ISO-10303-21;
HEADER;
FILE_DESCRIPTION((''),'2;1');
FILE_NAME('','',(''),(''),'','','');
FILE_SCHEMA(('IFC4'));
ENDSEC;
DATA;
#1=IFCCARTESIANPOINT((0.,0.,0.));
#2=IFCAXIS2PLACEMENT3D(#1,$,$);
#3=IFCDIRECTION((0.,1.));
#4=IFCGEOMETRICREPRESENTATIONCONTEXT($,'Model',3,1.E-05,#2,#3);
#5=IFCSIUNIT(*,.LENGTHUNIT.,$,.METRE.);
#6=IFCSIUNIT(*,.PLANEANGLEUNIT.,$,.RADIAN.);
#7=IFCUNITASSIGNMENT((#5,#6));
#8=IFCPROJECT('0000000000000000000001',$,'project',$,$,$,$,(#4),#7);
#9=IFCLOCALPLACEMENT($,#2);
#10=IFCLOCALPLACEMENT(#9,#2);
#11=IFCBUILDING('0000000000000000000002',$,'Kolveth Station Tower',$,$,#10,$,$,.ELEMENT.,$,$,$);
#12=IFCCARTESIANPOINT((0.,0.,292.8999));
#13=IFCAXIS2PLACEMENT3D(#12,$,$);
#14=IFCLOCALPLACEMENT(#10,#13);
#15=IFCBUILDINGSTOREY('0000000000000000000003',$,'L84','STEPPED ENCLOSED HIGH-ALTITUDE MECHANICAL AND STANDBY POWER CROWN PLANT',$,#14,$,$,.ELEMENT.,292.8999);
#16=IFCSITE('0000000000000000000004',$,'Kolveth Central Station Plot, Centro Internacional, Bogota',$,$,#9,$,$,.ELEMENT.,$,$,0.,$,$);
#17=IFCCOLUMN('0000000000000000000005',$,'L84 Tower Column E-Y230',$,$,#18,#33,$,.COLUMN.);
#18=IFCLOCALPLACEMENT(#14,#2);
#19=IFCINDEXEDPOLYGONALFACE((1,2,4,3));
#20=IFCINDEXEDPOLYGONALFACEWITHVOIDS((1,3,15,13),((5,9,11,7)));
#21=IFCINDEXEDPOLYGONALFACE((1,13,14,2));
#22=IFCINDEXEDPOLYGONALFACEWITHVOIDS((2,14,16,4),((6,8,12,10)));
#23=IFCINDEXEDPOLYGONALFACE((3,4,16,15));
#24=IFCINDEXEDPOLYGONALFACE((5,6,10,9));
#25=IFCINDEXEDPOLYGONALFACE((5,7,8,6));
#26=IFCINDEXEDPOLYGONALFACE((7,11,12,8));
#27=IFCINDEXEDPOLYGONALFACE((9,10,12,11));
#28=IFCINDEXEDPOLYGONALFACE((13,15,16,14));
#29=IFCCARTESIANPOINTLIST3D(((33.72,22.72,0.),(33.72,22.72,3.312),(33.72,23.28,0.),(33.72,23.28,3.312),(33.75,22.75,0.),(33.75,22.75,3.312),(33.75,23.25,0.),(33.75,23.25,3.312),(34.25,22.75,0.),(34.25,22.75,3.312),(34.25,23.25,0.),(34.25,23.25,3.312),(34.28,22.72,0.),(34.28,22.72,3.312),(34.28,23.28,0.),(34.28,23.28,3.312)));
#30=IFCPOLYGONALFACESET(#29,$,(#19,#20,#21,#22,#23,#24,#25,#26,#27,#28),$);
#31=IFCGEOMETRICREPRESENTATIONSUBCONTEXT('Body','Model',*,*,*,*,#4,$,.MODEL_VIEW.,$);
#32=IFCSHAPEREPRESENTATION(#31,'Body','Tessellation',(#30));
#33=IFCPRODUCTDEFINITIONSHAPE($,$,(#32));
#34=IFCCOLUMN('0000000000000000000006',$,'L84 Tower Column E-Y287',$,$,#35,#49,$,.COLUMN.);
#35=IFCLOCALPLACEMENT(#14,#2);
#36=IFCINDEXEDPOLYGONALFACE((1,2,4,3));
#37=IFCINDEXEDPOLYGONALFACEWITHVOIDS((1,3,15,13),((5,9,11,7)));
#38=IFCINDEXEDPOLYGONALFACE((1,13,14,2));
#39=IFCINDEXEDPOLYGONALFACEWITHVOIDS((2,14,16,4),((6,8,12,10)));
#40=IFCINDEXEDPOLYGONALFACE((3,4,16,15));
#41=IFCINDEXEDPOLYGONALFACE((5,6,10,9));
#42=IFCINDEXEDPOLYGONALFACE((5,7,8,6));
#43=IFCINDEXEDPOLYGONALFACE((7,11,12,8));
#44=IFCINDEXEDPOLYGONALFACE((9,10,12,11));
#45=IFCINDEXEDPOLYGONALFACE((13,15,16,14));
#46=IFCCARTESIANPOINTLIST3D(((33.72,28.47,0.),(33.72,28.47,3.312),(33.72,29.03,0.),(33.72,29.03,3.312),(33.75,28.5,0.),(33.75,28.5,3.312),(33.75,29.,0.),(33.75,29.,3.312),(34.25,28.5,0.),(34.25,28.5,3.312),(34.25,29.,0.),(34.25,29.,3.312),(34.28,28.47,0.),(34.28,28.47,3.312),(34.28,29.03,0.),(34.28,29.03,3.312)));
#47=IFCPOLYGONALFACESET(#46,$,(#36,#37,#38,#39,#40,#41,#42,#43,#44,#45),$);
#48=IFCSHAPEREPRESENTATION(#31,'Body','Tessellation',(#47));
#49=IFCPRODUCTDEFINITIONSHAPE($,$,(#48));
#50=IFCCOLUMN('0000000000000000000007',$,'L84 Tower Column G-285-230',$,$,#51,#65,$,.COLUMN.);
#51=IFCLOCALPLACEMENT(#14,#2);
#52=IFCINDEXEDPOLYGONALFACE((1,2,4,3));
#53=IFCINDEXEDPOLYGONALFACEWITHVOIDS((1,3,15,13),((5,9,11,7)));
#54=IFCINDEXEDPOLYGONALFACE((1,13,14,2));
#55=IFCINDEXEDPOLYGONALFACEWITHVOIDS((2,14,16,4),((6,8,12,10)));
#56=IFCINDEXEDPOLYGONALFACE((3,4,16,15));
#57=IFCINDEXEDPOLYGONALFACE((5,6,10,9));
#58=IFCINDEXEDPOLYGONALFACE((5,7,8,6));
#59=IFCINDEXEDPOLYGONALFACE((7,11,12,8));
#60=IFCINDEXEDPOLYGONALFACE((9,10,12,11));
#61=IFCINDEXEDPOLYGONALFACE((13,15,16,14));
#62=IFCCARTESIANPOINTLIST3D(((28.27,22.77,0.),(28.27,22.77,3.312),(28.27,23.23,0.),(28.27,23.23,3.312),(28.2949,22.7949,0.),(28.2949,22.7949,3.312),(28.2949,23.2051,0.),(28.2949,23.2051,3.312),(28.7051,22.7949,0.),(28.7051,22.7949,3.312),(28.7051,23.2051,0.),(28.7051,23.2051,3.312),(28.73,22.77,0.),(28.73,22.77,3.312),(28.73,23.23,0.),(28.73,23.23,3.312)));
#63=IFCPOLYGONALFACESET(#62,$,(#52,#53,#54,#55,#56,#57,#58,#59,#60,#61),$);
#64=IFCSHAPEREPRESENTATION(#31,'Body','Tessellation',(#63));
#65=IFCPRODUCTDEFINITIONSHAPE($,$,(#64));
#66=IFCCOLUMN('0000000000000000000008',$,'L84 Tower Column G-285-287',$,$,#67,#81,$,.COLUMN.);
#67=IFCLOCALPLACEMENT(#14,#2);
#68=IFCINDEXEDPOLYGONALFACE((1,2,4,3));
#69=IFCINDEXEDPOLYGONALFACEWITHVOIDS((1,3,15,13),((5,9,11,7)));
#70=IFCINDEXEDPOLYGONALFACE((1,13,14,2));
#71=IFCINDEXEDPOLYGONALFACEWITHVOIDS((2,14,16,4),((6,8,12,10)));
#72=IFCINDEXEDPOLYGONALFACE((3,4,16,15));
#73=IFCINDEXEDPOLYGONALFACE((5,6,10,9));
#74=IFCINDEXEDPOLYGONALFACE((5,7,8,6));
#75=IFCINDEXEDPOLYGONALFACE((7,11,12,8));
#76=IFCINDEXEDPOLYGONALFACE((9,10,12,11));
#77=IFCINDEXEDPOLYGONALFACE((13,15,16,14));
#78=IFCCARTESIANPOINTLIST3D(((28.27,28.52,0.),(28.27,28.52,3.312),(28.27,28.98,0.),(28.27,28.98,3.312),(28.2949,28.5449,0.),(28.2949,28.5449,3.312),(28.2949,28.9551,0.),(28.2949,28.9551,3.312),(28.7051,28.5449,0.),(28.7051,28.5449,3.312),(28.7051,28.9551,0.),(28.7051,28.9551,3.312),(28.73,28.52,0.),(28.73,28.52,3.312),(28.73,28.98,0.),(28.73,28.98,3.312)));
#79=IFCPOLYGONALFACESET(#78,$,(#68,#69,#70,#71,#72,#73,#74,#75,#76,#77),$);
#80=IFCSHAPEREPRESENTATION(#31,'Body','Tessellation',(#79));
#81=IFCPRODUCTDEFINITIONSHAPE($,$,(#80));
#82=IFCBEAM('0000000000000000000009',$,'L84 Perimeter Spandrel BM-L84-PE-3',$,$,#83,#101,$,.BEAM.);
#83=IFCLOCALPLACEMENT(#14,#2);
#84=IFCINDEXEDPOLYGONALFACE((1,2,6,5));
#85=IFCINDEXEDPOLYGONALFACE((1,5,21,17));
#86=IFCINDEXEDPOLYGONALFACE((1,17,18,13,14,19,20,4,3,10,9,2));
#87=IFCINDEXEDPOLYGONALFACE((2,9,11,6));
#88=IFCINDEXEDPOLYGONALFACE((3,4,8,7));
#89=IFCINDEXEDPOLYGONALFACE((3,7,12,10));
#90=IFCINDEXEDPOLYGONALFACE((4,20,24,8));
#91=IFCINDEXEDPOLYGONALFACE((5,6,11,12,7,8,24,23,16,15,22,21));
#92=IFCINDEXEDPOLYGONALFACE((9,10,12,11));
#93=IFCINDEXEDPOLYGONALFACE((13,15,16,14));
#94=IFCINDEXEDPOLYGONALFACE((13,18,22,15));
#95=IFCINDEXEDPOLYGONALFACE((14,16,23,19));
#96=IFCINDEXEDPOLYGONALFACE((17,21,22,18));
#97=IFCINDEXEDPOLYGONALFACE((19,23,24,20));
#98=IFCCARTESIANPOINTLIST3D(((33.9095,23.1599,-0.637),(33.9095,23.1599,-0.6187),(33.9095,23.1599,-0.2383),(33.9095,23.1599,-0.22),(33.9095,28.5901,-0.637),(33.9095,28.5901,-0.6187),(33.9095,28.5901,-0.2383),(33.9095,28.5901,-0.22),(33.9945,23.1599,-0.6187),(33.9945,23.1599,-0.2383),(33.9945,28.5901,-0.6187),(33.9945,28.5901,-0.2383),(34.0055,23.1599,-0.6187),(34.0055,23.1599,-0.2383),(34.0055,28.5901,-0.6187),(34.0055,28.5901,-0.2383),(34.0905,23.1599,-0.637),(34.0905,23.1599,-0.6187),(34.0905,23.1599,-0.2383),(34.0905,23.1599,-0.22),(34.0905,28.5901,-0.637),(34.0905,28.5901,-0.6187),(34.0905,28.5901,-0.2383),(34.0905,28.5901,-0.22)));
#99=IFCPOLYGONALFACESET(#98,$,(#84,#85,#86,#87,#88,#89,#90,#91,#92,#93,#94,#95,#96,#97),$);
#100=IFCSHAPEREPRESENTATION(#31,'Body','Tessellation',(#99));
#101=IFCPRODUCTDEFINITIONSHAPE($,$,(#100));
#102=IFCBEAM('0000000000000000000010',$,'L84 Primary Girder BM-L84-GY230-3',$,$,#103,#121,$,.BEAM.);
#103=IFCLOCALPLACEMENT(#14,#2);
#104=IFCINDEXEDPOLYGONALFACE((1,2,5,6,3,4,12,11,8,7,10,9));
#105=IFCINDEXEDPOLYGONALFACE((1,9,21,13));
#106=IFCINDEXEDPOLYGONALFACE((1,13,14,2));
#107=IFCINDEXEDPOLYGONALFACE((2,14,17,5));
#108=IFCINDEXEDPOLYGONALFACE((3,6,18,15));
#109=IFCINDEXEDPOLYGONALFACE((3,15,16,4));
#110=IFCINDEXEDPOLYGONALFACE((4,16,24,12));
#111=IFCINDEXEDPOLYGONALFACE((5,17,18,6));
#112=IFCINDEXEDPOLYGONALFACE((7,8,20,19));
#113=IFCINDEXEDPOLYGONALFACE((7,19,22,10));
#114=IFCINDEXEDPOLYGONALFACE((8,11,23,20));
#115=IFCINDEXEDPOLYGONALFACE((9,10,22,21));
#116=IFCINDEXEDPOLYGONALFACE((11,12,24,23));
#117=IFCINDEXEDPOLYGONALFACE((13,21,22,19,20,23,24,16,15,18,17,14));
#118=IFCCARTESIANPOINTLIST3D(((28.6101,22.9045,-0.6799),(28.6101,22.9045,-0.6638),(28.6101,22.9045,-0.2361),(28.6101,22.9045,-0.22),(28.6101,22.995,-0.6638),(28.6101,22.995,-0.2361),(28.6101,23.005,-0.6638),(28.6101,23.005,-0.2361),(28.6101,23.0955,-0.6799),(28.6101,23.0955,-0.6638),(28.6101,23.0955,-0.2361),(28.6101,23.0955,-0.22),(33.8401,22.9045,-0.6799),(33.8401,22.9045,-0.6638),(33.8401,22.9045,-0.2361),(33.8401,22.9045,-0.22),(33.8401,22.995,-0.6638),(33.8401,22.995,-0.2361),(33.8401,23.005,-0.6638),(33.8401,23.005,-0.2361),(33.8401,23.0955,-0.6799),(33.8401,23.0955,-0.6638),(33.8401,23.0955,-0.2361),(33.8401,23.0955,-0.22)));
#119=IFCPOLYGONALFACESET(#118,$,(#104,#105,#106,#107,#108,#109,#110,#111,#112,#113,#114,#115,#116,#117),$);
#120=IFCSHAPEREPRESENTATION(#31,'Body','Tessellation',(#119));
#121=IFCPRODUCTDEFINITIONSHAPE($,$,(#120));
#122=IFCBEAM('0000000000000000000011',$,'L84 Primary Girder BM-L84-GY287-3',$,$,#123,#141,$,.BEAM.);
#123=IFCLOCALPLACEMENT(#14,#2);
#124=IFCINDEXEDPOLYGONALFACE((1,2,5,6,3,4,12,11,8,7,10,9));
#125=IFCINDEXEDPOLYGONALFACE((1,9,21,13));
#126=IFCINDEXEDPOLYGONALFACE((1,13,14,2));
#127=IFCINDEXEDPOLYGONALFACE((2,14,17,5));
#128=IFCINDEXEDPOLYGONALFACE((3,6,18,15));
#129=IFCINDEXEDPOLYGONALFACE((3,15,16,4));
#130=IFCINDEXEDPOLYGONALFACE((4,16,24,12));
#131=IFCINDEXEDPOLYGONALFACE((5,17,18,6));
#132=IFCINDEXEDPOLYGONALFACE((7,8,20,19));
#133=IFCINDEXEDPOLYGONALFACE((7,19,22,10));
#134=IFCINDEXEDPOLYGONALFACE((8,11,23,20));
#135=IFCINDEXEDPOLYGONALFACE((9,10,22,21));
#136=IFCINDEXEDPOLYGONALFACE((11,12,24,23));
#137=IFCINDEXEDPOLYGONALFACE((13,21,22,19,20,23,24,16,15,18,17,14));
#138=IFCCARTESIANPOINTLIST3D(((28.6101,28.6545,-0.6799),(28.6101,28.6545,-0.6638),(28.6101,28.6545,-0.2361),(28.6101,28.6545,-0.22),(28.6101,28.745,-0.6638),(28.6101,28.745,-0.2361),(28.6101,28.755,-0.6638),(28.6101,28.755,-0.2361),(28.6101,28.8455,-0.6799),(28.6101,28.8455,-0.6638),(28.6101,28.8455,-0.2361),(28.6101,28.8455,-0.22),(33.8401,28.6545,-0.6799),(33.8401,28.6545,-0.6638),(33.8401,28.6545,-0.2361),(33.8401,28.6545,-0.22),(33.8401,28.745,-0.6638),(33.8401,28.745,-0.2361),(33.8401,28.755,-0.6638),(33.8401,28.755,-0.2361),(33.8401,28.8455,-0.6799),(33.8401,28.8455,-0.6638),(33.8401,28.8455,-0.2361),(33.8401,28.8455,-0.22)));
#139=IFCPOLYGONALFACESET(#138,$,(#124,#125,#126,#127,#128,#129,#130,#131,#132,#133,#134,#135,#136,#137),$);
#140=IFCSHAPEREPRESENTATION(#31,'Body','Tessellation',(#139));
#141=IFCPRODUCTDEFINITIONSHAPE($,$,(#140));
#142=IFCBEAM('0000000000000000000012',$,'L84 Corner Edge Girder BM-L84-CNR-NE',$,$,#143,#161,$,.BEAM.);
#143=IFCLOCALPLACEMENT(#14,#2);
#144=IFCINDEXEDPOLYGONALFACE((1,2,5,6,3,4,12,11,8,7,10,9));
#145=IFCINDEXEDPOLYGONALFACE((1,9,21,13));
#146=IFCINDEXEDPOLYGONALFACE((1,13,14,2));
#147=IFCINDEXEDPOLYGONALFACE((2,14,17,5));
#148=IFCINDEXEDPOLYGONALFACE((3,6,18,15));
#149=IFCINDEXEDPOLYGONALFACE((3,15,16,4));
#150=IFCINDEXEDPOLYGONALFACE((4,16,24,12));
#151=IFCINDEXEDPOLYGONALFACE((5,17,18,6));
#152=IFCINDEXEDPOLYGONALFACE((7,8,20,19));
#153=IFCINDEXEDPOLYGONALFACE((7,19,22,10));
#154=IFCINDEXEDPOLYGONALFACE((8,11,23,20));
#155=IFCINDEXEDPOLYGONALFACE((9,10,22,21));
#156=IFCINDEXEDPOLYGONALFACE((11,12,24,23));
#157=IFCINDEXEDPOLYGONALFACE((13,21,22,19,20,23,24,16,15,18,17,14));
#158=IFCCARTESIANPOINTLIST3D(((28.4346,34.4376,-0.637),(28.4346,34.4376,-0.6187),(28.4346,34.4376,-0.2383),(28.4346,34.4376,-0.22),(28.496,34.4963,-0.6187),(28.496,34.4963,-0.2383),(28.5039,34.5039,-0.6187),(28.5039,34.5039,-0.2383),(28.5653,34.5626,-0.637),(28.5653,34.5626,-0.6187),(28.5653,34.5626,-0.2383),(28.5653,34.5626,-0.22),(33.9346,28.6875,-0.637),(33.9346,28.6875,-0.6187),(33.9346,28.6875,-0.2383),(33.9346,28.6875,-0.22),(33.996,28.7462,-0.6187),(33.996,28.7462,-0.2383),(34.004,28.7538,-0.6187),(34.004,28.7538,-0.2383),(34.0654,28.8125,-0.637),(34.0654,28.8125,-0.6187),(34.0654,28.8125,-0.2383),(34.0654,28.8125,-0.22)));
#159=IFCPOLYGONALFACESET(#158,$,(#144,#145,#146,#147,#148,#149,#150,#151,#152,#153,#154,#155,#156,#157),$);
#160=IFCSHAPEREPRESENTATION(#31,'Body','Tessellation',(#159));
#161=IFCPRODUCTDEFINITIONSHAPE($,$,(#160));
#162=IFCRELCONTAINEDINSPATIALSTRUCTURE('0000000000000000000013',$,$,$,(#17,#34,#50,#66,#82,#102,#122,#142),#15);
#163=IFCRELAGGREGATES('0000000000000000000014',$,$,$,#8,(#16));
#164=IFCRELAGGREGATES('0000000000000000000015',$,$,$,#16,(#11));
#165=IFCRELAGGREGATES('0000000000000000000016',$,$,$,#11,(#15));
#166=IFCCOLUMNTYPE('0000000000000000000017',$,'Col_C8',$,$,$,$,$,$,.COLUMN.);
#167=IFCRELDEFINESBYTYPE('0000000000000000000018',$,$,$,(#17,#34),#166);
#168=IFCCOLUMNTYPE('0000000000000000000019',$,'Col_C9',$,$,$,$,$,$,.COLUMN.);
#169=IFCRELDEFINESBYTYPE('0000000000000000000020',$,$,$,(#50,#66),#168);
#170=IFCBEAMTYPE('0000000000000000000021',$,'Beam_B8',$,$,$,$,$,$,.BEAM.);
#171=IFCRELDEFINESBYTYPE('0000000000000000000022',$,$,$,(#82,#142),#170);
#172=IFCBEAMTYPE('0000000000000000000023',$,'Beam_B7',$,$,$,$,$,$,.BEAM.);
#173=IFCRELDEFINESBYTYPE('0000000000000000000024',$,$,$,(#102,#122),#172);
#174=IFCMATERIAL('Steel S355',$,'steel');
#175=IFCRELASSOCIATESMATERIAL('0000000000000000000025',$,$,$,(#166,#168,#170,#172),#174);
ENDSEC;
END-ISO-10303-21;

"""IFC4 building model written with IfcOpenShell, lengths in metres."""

from ifc_helpers import new_model, si_unit, direction, frame, origin, origin_2d, place, context, subcontext, project, spatial, hollow_rectangle, i_section, extrude, source, transform, mapped, material, material_profile, profile_set, type_object, element, save


model = new_model("IFC4")

# Units and contexts
model_context = context("Model", 3, precision=1e-05, world=origin(), true_north=direction((0.0, 1.0)))
body_context = subcontext(model_context, "Body", "Model", "MODEL_VIEW")
ifc_project = project(units=[si_unit("LENGTHUNIT", "METRE"), si_unit("PLANEANGLEUNIT", "RADIAN")], contexts=[model_context])

# Site, building, storey
site_placement = place(None, origin())
site = spatial("IfcSite", under=ifc_project, at=site_placement, Name="Kolveth Central Station Plot, Centro Internacional, Bogota", CompositionType="ELEMENT", RefElevation=0.0)
building_placement = place(site_placement, origin())
building = spatial("IfcBuilding", under=site, at=building_placement, Name="Kolveth Station Tower", CompositionType="ELEMENT")
storey_placement = place(building_placement, frame((0.0, 0.0, 292.8999)))
storey = spatial("IfcBuildingStorey", under=building, at=storey_placement, Name="L84", Description="STEPPED ENCLOSED HIGH-ALTITUDE MECHANICAL AND STANDBY POWER CROWN PLANT", CompositionType="ELEMENT", Elevation=292.8999)

# Columns
ifc_material_1 = material(Name="Steel S355", Category="steel")
ifc_material_profile_1 = material_profile(ifc_material_1, hollow_rectangle(XDim=0.5601, YDim=0.5601, WallThickness=0.03, at=origin_2d()), Name="BOX560x560x30")
ifc_profile_set_1 = profile_set([ifc_material_profile_1], Name="Steel S355")
column_type_1 = type_object("IfcColumnType", Name="Col_C8", PredefinedType="COLUMN", material=ifc_profile_set_1)
shared_shape_1 = source(origin(), body_context, "Body", "SweptSolid", [
    extrude(hollow_rectangle(XDim=0.5601, YDim=0.5601, WallThickness=0.03, at=origin_2d()), origin(), (0.0, 0.0, 1.0), 3.312),
])
for number, where, z_axis, x_axis, name in (
    (1, (34.0, 23.0, 0.0), (0.0, 0.0, 1.0), (1.0, 0.0, 0.0), "L84 Tower Column E-Y230"),
    (2, (34.0, 28.75, 0.0), (0.0, 0.0, 1.0), (1.0, 0.0, 0.0), "L84 Tower Column E-Y287"),
):
    element("IfcColumn", number, at=place(storey_placement, frame(where, z_axis=z_axis, x_axis=x_axis)), inside=storey, type_object=column_type_1, Name=name, PredefinedType="COLUMN", context=body_context, shape_type="MappedRepresentation", body=[
        mapped(shared_shape_1, transform((0.0, 0.0, 0.0), x_axis=(1.0, 0.0, 0.0), y_axis=(0.0, 1.0, 0.0), z_axis=(0.0, 0.0, 1.0), scale=1.0)),
    ])
ifc_material_profile_2 = material_profile(ifc_material_1, hollow_rectangle(XDim=0.46, YDim=0.46, WallThickness=0.0249, at=origin_2d()), Name="BOX460x460x25")
ifc_profile_set_2 = profile_set([ifc_material_profile_2], Name="Steel S355")
column_type_2 = type_object("IfcColumnType", Name="Col_C9", PredefinedType="COLUMN", material=ifc_profile_set_2)
shared_shape_2 = source(origin(), body_context, "Body", "SweptSolid", [
    extrude(hollow_rectangle(XDim=0.46, YDim=0.46, WallThickness=0.0249, at=origin_2d()), origin(), (0.0, 0.0, 1.0), 3.312),
])
for number, where, z_axis, x_axis, name in (
    (3, (28.5, 23.0, 0.0), (0.0, 0.0, 1.0), (1.0, 0.0, 0.0), "L84 Tower Column G-285-230"),
    (4, (28.5, 28.75, 0.0), (0.0, 0.0, 1.0), (1.0, 0.0, 0.0), "L84 Tower Column G-285-287"),
):
    element("IfcColumn", number, at=place(storey_placement, frame(where, z_axis=z_axis, x_axis=x_axis)), inside=storey, type_object=column_type_2, Name=name, PredefinedType="COLUMN", context=body_context, shape_type="MappedRepresentation", body=[
        mapped(shared_shape_2, transform((0.0, 0.0, 0.0), x_axis=(1.0, 0.0, 0.0), y_axis=(0.0, 1.0, 0.0), z_axis=(0.0, 0.0, 1.0), scale=1.0)),
    ])

# Beams
ifc_material_profile_3 = material_profile(ifc_material_1, i_section(OverallWidth=0.1809, OverallDepth=0.417, WebThickness=0.011, FlangeThickness=0.0183, at=origin_2d()), Name="W410x85")
ifc_profile_set_3 = profile_set([ifc_material_profile_3], Name="Steel S355")
beam_type_1 = type_object("IfcBeamType", Name="Beam_B8", PredefinedType="BEAM", material=ifc_profile_set_3)
shared_shape_3 = source(origin(), body_context, "Body", "SweptSolid", [
    extrude(i_section(OverallWidth=0.1809, OverallDepth=0.417, WebThickness=0.011, FlangeThickness=0.0183, at=origin_2d()), origin(), (0.0, 0.0, 1.0), 5.4302),
])
beam_1_placement = place(storey_placement, frame((34.0, 23.1599, -0.4285), z_axis=(0.0, 1.0, 0.0), x_axis=(-1.0, 0.0, 0.0)))
element("IfcBeam", 5, at=beam_1_placement, inside=storey, type_object=beam_type_1, Name="L84 Perimeter Spandrel BM-L84-PE-3", PredefinedType="BEAM", context=body_context, shape_type="MappedRepresentation", body=[
    mapped(shared_shape_3, transform((0.0, 0.0, 0.0), x_axis=(1.0, 0.0, 0.0), y_axis=(0.0, 1.0, 0.0), z_axis=(0.0, 0.0, 1.0), scale=1.0)),
])
ifc_material_profile_4 = material_profile(ifc_material_1, i_section(OverallWidth=0.1909, OverallDepth=0.46, WebThickness=0.01, FlangeThickness=0.0161, at=origin_2d()), Name="W460x82")
ifc_profile_set_4 = profile_set([ifc_material_profile_4], Name="Steel S355")
beam_type_2 = type_object("IfcBeamType", Name="Beam_B7", PredefinedType="BEAM", material=ifc_profile_set_4)
shared_shape_4 = source(origin(), body_context, "Body", "SweptSolid", [
    extrude(i_section(OverallWidth=0.1909, OverallDepth=0.46, WebThickness=0.01, FlangeThickness=0.0161, at=origin_2d()), origin(), (0.0, 0.0, 1.0), 5.23),
])
for number, where, z_axis, x_axis, name in (
    (6, (28.6101, 23.0, -0.45), (1.0, 0.0, 0.0), (0.0, 1.0, 0.0), "L84 Primary Girder BM-L84-GY230-3"),
    (7, (28.6101, 28.75, -0.45), (1.0, 0.0, 0.0), (0.0, 1.0, 0.0), "L84 Primary Girder BM-L84-GY287-3"),
):
    element("IfcBeam", number, at=place(storey_placement, frame(where, z_axis=z_axis, x_axis=x_axis)), inside=storey, type_object=beam_type_2, Name=name, PredefinedType="BEAM", context=body_context, shape_type="MappedRepresentation", body=[
        mapped(shared_shape_4, transform((0.0, 0.0, 0.0), x_axis=(1.0, 0.0, 0.0), y_axis=(0.0, 1.0, 0.0), z_axis=(0.0, 0.0, 1.0), scale=1.0)),
    ])
shared_shape_5 = source(origin(), body_context, "Body", "SweptSolid", [
    extrude(i_section(OverallWidth=0.1809, OverallDepth=0.417, WebThickness=0.011, FlangeThickness=0.0183, at=origin_2d()), origin(), (0.0, 0.0, 1.0), 7.957),
])
beam_2_placement = place(storey_placement, frame((34.0, 28.75, -0.4285), z_axis=(-0.691223, 0.722642, 0.0), x_axis=(-0.722642, -0.691223, 0.0)))
element("IfcBeam", 8, at=beam_2_placement, inside=storey, type_object=beam_type_1, Name="L84 Corner Edge Girder BM-L84-CNR-NE", PredefinedType="BEAM", context=body_context, shape_type="MappedRepresentation", body=[
    mapped(shared_shape_5, transform((0.0, 0.0, 0.0), x_axis=(1.0, 0.0, 0.0), y_axis=(0.0, 1.0, 0.0), z_axis=(0.0, 0.0, 1.0), scale=1.0)),
])

save(model, "model.ifc")
